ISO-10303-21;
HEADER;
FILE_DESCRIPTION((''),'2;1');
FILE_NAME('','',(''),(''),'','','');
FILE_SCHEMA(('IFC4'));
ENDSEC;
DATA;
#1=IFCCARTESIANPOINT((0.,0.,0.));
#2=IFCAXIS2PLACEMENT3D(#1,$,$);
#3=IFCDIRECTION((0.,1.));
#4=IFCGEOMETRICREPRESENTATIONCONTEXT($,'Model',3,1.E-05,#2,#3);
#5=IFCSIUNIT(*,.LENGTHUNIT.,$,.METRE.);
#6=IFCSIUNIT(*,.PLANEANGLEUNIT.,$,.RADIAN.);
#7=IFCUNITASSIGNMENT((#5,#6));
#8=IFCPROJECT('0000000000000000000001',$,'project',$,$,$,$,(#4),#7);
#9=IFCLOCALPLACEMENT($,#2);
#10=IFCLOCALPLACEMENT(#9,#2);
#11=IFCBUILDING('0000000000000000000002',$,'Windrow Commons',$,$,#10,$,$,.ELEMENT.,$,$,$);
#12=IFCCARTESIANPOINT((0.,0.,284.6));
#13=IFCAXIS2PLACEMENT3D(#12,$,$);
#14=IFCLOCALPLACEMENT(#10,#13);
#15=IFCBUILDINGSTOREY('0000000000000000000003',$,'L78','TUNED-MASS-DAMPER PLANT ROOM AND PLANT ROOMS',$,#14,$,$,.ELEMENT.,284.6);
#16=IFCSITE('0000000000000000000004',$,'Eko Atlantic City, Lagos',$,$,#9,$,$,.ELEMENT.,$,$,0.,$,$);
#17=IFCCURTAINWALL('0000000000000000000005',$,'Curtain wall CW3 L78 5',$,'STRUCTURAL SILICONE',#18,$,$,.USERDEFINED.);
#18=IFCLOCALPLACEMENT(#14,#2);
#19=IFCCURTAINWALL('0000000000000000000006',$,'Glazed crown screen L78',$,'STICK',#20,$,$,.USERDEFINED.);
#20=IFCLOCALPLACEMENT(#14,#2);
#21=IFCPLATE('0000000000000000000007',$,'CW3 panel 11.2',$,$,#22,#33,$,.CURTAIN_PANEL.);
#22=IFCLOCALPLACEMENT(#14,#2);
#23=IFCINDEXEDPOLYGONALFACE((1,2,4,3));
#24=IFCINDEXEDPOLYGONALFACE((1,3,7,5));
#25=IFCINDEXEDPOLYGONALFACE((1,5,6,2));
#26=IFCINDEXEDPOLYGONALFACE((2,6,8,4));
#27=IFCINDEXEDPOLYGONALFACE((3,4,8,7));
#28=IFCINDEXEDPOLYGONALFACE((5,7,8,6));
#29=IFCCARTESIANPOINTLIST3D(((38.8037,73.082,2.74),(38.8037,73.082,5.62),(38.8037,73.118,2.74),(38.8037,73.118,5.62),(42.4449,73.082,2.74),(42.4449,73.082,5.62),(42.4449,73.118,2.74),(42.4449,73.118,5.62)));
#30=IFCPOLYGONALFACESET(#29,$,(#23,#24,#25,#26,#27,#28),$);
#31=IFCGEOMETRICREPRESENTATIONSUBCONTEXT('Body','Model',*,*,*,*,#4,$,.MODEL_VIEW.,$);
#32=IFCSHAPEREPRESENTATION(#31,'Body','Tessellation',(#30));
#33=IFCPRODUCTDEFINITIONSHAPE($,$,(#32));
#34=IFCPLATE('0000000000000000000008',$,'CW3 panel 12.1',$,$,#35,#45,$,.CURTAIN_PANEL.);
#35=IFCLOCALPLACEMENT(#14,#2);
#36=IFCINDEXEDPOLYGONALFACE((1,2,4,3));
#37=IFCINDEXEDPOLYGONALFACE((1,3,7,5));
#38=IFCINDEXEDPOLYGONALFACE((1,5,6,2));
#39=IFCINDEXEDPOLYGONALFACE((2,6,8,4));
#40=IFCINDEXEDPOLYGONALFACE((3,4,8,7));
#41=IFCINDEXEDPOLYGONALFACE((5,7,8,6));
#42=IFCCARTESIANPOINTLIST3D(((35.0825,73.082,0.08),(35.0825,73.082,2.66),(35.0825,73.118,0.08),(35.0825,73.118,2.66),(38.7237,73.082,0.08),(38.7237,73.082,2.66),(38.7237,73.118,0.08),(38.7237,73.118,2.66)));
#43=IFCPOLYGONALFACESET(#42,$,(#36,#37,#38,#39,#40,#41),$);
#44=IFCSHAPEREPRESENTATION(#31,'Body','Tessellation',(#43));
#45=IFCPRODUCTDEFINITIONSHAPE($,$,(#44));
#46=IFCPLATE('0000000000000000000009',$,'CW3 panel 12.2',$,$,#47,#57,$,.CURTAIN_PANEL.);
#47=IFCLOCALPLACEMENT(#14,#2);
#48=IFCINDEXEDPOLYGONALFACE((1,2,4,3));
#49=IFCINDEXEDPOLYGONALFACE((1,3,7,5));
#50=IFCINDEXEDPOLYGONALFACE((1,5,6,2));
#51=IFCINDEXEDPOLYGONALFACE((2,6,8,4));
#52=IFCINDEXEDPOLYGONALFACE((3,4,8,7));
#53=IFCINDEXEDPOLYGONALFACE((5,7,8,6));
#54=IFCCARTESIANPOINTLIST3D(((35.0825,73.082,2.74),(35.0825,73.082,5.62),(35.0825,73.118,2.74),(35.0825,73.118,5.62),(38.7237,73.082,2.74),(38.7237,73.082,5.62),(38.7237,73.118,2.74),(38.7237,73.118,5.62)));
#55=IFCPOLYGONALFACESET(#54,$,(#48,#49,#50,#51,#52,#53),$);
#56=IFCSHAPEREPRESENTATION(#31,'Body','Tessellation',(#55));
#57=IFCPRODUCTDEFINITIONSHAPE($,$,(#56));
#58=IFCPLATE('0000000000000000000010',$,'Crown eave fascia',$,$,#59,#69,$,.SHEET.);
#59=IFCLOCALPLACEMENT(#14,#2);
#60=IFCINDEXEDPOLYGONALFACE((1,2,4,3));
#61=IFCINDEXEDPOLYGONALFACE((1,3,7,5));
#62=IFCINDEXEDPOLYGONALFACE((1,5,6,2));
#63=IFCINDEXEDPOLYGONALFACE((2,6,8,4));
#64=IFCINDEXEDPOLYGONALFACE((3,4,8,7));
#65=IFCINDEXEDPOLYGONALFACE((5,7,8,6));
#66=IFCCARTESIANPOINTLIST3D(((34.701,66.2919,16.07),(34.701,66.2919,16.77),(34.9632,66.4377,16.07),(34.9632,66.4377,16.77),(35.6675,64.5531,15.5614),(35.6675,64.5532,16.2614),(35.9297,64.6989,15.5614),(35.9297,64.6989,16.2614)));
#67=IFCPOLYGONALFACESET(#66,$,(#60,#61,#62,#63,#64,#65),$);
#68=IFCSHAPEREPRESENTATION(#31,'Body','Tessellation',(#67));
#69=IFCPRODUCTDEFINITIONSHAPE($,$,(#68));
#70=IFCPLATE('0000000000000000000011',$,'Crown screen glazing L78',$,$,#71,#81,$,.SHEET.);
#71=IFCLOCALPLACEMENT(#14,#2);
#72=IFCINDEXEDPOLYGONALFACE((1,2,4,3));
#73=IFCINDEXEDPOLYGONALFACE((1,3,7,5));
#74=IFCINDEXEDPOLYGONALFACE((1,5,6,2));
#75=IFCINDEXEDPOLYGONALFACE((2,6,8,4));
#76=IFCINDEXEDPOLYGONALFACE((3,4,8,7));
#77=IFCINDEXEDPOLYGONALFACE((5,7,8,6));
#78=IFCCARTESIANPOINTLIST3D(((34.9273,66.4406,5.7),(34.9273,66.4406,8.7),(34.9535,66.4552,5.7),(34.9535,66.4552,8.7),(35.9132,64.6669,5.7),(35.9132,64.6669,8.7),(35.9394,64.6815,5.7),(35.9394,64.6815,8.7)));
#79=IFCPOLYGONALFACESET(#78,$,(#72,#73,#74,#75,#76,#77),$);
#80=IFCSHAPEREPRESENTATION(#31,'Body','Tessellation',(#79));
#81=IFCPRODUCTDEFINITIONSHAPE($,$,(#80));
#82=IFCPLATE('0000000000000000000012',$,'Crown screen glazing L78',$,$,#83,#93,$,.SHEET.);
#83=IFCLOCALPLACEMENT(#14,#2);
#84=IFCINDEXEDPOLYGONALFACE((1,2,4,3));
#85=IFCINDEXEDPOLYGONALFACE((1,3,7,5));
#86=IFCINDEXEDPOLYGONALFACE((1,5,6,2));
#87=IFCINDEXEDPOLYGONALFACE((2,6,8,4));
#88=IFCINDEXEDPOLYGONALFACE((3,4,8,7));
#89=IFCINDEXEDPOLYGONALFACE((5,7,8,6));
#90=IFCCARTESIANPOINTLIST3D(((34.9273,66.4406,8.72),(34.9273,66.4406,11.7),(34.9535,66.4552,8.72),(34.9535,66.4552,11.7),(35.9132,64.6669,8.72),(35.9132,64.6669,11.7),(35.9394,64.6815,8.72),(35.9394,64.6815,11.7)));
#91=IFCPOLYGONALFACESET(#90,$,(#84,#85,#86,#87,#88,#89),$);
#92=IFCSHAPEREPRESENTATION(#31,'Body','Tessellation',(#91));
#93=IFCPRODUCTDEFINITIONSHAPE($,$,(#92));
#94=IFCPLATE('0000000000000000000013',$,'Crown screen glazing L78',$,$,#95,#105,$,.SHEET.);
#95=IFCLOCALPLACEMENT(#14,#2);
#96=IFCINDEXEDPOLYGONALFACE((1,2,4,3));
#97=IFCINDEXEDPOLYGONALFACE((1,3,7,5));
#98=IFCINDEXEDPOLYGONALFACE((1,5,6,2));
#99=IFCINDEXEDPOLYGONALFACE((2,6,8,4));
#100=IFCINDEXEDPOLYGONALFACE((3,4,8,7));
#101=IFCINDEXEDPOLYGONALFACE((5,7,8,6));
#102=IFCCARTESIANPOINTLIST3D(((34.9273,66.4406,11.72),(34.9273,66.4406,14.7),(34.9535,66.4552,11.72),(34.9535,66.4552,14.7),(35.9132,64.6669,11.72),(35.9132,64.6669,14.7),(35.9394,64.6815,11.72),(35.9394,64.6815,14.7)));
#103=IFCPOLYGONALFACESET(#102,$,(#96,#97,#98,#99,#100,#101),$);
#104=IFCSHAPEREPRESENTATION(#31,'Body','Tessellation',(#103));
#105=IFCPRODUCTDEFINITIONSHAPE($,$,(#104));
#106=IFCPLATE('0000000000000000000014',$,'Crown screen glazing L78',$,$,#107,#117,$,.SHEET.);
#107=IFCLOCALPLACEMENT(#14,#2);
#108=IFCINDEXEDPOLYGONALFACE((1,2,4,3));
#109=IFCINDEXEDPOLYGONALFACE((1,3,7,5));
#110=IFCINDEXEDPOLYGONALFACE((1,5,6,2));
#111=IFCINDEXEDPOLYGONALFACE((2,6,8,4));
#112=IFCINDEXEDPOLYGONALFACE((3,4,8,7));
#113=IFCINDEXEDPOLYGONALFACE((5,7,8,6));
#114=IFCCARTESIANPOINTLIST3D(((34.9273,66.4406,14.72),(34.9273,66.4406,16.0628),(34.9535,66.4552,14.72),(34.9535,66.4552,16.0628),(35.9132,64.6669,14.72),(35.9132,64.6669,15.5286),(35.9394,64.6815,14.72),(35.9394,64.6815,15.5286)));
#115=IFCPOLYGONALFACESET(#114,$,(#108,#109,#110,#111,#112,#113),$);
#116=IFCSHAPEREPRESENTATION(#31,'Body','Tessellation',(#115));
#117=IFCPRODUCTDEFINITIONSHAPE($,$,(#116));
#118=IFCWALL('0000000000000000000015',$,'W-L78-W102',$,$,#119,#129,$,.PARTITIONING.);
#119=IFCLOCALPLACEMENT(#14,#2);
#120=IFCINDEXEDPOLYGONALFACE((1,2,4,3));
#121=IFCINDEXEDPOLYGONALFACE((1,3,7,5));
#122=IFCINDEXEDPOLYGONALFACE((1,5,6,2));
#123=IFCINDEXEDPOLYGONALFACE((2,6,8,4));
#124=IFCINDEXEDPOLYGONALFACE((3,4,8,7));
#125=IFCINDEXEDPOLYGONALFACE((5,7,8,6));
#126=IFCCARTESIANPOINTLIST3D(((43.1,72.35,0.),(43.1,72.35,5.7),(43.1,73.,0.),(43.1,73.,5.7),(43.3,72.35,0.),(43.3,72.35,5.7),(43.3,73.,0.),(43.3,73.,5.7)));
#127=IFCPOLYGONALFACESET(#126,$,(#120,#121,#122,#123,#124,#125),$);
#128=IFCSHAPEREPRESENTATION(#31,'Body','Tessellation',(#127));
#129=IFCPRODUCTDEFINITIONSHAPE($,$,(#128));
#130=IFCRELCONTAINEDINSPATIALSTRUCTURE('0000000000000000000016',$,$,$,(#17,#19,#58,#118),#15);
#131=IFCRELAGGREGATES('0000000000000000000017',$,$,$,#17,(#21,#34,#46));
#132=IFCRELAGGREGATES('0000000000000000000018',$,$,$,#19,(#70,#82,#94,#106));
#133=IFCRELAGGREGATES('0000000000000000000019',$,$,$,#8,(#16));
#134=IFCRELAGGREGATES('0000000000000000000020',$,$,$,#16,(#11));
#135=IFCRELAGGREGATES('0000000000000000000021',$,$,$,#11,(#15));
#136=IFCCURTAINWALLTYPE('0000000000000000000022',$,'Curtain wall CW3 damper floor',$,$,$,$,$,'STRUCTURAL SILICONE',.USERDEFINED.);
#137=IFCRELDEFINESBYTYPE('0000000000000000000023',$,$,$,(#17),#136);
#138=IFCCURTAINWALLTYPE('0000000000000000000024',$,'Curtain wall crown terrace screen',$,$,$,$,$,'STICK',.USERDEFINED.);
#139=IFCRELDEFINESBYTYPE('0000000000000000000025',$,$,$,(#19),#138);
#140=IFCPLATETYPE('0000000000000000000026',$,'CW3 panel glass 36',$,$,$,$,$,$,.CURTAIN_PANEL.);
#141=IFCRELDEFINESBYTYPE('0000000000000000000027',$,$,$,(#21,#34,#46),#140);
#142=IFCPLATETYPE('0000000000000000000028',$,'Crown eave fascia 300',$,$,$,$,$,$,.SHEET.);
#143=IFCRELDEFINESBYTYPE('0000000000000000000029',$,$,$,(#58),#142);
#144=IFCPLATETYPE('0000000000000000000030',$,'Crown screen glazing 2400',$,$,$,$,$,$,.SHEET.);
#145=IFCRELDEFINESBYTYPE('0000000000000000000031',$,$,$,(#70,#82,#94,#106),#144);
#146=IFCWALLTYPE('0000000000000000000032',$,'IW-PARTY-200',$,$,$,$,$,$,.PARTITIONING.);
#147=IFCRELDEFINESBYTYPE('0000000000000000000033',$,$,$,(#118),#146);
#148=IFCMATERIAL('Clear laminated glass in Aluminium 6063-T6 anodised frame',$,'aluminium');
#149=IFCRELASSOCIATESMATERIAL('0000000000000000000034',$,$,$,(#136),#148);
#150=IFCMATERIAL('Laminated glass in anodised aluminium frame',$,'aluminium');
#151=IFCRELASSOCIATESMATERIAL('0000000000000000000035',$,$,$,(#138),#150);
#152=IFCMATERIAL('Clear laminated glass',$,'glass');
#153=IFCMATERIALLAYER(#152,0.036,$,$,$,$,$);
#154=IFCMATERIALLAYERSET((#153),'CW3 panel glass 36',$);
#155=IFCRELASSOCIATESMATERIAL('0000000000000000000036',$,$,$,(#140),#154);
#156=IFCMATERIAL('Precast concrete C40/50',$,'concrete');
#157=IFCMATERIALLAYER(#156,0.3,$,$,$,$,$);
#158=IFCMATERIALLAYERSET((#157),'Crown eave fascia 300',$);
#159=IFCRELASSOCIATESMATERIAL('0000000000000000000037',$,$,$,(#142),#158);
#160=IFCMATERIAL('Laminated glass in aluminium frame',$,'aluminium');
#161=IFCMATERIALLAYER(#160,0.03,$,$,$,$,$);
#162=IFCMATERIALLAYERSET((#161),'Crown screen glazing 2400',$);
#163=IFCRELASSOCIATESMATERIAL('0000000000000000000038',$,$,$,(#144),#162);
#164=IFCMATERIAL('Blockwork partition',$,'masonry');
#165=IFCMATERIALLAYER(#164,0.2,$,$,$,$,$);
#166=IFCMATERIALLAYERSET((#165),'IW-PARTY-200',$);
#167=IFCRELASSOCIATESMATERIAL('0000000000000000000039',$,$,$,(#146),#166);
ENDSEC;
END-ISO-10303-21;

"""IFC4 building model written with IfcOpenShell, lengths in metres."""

from ifc_helpers import new_model, si_unit, direction, frame, frame_2d, origin, origin_2d, place, context, subcontext, project, spatial, polyline, rectangle, outline, extrude, material, layer, layer_set, type_object, element, aggregate, save


model = new_model("IFC4")

# Units and contexts
model_context = context("Model", 3, precision=1e-05, world=origin(), true_north=direction((0.0, 1.0)))
body_context = subcontext(model_context, "Body", "Model", "MODEL_VIEW")
ifc_project = project(units=[si_unit("LENGTHUNIT", "METRE"), si_unit("PLANEANGLEUNIT", "RADIAN")], contexts=[model_context])

# Site, building, storey
site_placement = place(None, origin())
site = spatial("IfcSite", under=ifc_project, at=site_placement, Name="Eko Atlantic City, Lagos", CompositionType="ELEMENT", RefElevation=0.0)
building_placement = place(site_placement, origin())
building = spatial("IfcBuilding", under=site, at=building_placement, Name="Windrow Commons", CompositionType="ELEMENT")
storey_placement = place(building_placement, frame((0.0, 0.0, 284.6)))
storey = spatial("IfcBuildingStorey", under=building, at=storey_placement, Name="L78", Description="TUNED-MASS-DAMPER PLANT ROOM AND PLANT ROOMS", CompositionType="ELEMENT", Elevation=284.6)

# Curtain wall
ifc_material_1 = material(Name="Clear laminated glass in Aluminium 6063-T6 anodised frame", Category="aluminium")
curtain_wall_type_1 = type_object("IfcCurtainWallType", Name="Curtain wall CW3 damper floor", ElementType="STRUCTURAL SILICONE", PredefinedType="USERDEFINED", material=ifc_material_1)
placement = place(storey_placement, origin())
curtain_wall_1 = element("IfcCurtainWall", 1, at=placement, inside=storey, type_object=curtain_wall_type_1, Name="Curtain wall CW3 L78 5", ObjectType="STRUCTURAL SILICONE", PredefinedType="USERDEFINED")

# Curtain wall
ifc_material_2 = material(Name="Laminated glass in anodised aluminium frame", Category="aluminium")
curtain_wall_type_2 = type_object("IfcCurtainWallType", Name="Curtain wall crown terrace screen", ElementType="STICK", PredefinedType="USERDEFINED", material=ifc_material_2)
curtain_wall_2 = element("IfcCurtainWall", 2, at=placement, inside=storey, type_object=curtain_wall_type_2, Name="Glazed crown screen L78", ObjectType="STICK", PredefinedType="USERDEFINED")

# Plates
ifc_material_3 = material(Name="Clear laminated glass", Category="glass")
ifc_layer_1 = layer(ifc_material_3, 0.036)
ifc_layer_set_1 = layer_set([ifc_layer_1], Name="CW3 panel glass 36")
plate_type_1 = type_object("IfcPlateType", Name="CW3 panel glass 36", PredefinedType="CURTAIN_PANEL", material=ifc_layer_set_1)
plate_1_placement = place(storey_placement, frame((40.6243, 73.1, 2.74), z_axis=(0.0, 0.0, 1.0), x_axis=(-1.0, 0.0, 0.0)))
plate_1 = element("IfcPlate", 3, at=plate_1_placement, type_object=plate_type_1, Name="CW3 panel 11.2", PredefinedType="CURTAIN_PANEL", context=body_context, shape_type="SweptSolid", body=[
    extrude(rectangle(XDim=3.6412, YDim=0.036, at=origin_2d()), origin(), (0.0, 0.0, 1.0), 2.88),
])
plate_2_placement = place(storey_placement, frame((36.9031, 73.1, 0.08), z_axis=(0.0, 0.0, 1.0), x_axis=(-1.0, 0.0, 0.0)))
plate_2 = element("IfcPlate", 4, at=plate_2_placement, type_object=plate_type_1, Name="CW3 panel 12.1", PredefinedType="CURTAIN_PANEL", context=body_context, shape_type="SweptSolid", body=[
    extrude(rectangle(XDim=3.6412, YDim=0.036, at=origin_2d()), origin(), (0.0, 0.0, 1.0), 2.58),
])
plate_3_placement = place(storey_placement, frame((36.9031, 73.1, 2.74), z_axis=(0.0, 0.0, 1.0), x_axis=(-1.0, 0.0, 0.0)))
plate_3 = element("IfcPlate", 5, at=plate_3_placement, type_object=plate_type_1, Name="CW3 panel 12.2", PredefinedType="CURTAIN_PANEL", context=body_context, shape_type="SweptSolid", body=[
    extrude(rectangle(XDim=3.6412, YDim=0.036, at=origin_2d()), origin(), (0.0, 0.0, 1.0), 2.88),
])
aggregate(curtain_wall_1, [plate_1, plate_2, plate_3])
ifc_material_4 = material(Name="Precast concrete C40/50", Category="concrete")
ifc_layer_2 = layer(ifc_material_4, 0.3)
ifc_layer_set_2 = layer_set([ifc_layer_2], Name="Crown eave fascia 300")
plate_type_2 = type_object("IfcPlateType", Name="Crown eave fascia 300", PredefinedType="SHEET", material=ifc_layer_set_2)
plate_4_placement = place(storey_placement, frame((35.9297, 64.6989, 15.5614), z_axis=(0.874051, 0.485835, 0.0), x_axis=(-0.470696, 0.846814, 0.247694)))
element("IfcPlate", 6, at=plate_4_placement, inside=storey, type_object=plate_type_2, Name="Crown eave fascia", PredefinedType="SHEET", context=body_context, shape_type="SweptSolid", body=[
    extrude(outline(polyline([(0.0, 0.0), (2.0533, 0.0), (2.2267, 0.6782), (0.1734, 0.6782), (0.0, 0.0)])), origin(), (0.0, 0.0, -1.0), 0.3),
])
ifc_material_5 = material(Name="Laminated glass in aluminium frame", Category="aluminium")
ifc_layer_3 = layer(ifc_material_5, 0.03)
ifc_layer_set_3 = layer_set([ifc_layer_3], Name="Crown screen glazing 2400")
plate_type_3 = type_object("IfcPlateType", Name="Crown screen glazing 2400", PredefinedType="SHEET", material=ifc_layer_set_3)
plate_5_placement = place(storey_placement, frame((35.9394, 64.6815, 5.7), z_axis=(0.87405, 0.485835, 0.0), x_axis=(-0.485835, 0.87405, 0.0)))
plate_5 = element("IfcPlate", 7, at=plate_5_placement, type_object=plate_type_3, Name="Crown screen glazing L78", PredefinedType="SHEET", context=body_context, shape_type="SweptSolid", body=[
    extrude(outline(polyline([(0.0, 0.0), (2.0293, 0.0), (2.0293, 3.0), (0.0, 3.0), (0.0, 0.0)])), origin(), (0.0, 0.0, -1.0), 0.03),
])
plate_6_placement = place(storey_placement, frame((35.9394, 64.6815, 8.72), z_axis=(0.87405, 0.485835, 0.0), x_axis=(-0.485835, 0.87405, 0.0)))
plate_6 = element("IfcPlate", 8, at=plate_6_placement, type_object=plate_type_3, Name="Crown screen glazing L78", PredefinedType="SHEET", context=body_context, shape_type="SweptSolid", body=[
    extrude(outline(polyline([(0.0, 0.0), (2.0293, 0.0), (2.0293, 2.98), (0.0, 2.98), (0.0, 0.0)])), origin(), (0.0, 0.0, -1.0), 0.03),
])
plate_7_placement = place(storey_placement, frame((35.9394, 64.6815, 11.72), z_axis=(0.87405, 0.485835, 0.0), x_axis=(-0.485835, 0.87405, 0.0)))
plate_7 = element("IfcPlate", 9, at=plate_7_placement, type_object=plate_type_3, Name="Crown screen glazing L78", PredefinedType="SHEET", context=body_context, shape_type="SweptSolid", body=[
    extrude(outline(polyline([(0.0, 0.0), (2.0293, 0.0), (2.0293, 2.98), (0.0, 2.98), (0.0, 0.0)])), origin(), (0.0, 0.0, -1.0), 0.03),
])
plate_8_placement = place(storey_placement, frame((35.9394, 64.6815, 14.72), z_axis=(0.87405, 0.485835, 0.0), x_axis=(-0.485835, 0.87405, 0.0)))
plate_8 = element("IfcPlate", 10, at=plate_8_placement, type_object=plate_type_3, Name="Crown screen glazing L78", PredefinedType="SHEET", context=body_context, shape_type="SweptSolid", body=[
    extrude(outline(polyline([(0.0, 0.0), (2.0293, 0.0), (2.0293, 1.3428), (0.0, 0.8086), (0.0, 0.0)])), origin(), (0.0, 0.0, -1.0), 0.03),
])
aggregate(curtain_wall_2, [plate_5, plate_6, plate_7, plate_8])

# Wall
ifc_material_6 = material(Name="Blockwork partition", Category="masonry")
ifc_layer_4 = layer(ifc_material_6, 0.2)
ifc_layer_set_4 = layer_set([ifc_layer_4], Name="IW-PARTY-200")
wall_type = type_object("IfcWallType", Name="IW-PARTY-200", PredefinedType="PARTITIONING", material=ifc_layer_set_4)
wall_placement = place(storey_placement, frame((43.2, 72.35, 0.0), z_axis=(0.0, 0.0, 1.0), x_axis=(0.0, 1.0, 0.0)))
element("IfcWall", 11, at=wall_placement, inside=storey, type_object=wall_type, Name="W-L78-W102", PredefinedType="PARTITIONING", context=body_context, shape_type="SweptSolid", body=[
    extrude(rectangle(XDim=0.65, YDim=0.2, at=frame_2d((0.325, 0.0))), origin(), (0.0, 0.0, 1.0), 5.7),
])

save(model, "model.ifc")
